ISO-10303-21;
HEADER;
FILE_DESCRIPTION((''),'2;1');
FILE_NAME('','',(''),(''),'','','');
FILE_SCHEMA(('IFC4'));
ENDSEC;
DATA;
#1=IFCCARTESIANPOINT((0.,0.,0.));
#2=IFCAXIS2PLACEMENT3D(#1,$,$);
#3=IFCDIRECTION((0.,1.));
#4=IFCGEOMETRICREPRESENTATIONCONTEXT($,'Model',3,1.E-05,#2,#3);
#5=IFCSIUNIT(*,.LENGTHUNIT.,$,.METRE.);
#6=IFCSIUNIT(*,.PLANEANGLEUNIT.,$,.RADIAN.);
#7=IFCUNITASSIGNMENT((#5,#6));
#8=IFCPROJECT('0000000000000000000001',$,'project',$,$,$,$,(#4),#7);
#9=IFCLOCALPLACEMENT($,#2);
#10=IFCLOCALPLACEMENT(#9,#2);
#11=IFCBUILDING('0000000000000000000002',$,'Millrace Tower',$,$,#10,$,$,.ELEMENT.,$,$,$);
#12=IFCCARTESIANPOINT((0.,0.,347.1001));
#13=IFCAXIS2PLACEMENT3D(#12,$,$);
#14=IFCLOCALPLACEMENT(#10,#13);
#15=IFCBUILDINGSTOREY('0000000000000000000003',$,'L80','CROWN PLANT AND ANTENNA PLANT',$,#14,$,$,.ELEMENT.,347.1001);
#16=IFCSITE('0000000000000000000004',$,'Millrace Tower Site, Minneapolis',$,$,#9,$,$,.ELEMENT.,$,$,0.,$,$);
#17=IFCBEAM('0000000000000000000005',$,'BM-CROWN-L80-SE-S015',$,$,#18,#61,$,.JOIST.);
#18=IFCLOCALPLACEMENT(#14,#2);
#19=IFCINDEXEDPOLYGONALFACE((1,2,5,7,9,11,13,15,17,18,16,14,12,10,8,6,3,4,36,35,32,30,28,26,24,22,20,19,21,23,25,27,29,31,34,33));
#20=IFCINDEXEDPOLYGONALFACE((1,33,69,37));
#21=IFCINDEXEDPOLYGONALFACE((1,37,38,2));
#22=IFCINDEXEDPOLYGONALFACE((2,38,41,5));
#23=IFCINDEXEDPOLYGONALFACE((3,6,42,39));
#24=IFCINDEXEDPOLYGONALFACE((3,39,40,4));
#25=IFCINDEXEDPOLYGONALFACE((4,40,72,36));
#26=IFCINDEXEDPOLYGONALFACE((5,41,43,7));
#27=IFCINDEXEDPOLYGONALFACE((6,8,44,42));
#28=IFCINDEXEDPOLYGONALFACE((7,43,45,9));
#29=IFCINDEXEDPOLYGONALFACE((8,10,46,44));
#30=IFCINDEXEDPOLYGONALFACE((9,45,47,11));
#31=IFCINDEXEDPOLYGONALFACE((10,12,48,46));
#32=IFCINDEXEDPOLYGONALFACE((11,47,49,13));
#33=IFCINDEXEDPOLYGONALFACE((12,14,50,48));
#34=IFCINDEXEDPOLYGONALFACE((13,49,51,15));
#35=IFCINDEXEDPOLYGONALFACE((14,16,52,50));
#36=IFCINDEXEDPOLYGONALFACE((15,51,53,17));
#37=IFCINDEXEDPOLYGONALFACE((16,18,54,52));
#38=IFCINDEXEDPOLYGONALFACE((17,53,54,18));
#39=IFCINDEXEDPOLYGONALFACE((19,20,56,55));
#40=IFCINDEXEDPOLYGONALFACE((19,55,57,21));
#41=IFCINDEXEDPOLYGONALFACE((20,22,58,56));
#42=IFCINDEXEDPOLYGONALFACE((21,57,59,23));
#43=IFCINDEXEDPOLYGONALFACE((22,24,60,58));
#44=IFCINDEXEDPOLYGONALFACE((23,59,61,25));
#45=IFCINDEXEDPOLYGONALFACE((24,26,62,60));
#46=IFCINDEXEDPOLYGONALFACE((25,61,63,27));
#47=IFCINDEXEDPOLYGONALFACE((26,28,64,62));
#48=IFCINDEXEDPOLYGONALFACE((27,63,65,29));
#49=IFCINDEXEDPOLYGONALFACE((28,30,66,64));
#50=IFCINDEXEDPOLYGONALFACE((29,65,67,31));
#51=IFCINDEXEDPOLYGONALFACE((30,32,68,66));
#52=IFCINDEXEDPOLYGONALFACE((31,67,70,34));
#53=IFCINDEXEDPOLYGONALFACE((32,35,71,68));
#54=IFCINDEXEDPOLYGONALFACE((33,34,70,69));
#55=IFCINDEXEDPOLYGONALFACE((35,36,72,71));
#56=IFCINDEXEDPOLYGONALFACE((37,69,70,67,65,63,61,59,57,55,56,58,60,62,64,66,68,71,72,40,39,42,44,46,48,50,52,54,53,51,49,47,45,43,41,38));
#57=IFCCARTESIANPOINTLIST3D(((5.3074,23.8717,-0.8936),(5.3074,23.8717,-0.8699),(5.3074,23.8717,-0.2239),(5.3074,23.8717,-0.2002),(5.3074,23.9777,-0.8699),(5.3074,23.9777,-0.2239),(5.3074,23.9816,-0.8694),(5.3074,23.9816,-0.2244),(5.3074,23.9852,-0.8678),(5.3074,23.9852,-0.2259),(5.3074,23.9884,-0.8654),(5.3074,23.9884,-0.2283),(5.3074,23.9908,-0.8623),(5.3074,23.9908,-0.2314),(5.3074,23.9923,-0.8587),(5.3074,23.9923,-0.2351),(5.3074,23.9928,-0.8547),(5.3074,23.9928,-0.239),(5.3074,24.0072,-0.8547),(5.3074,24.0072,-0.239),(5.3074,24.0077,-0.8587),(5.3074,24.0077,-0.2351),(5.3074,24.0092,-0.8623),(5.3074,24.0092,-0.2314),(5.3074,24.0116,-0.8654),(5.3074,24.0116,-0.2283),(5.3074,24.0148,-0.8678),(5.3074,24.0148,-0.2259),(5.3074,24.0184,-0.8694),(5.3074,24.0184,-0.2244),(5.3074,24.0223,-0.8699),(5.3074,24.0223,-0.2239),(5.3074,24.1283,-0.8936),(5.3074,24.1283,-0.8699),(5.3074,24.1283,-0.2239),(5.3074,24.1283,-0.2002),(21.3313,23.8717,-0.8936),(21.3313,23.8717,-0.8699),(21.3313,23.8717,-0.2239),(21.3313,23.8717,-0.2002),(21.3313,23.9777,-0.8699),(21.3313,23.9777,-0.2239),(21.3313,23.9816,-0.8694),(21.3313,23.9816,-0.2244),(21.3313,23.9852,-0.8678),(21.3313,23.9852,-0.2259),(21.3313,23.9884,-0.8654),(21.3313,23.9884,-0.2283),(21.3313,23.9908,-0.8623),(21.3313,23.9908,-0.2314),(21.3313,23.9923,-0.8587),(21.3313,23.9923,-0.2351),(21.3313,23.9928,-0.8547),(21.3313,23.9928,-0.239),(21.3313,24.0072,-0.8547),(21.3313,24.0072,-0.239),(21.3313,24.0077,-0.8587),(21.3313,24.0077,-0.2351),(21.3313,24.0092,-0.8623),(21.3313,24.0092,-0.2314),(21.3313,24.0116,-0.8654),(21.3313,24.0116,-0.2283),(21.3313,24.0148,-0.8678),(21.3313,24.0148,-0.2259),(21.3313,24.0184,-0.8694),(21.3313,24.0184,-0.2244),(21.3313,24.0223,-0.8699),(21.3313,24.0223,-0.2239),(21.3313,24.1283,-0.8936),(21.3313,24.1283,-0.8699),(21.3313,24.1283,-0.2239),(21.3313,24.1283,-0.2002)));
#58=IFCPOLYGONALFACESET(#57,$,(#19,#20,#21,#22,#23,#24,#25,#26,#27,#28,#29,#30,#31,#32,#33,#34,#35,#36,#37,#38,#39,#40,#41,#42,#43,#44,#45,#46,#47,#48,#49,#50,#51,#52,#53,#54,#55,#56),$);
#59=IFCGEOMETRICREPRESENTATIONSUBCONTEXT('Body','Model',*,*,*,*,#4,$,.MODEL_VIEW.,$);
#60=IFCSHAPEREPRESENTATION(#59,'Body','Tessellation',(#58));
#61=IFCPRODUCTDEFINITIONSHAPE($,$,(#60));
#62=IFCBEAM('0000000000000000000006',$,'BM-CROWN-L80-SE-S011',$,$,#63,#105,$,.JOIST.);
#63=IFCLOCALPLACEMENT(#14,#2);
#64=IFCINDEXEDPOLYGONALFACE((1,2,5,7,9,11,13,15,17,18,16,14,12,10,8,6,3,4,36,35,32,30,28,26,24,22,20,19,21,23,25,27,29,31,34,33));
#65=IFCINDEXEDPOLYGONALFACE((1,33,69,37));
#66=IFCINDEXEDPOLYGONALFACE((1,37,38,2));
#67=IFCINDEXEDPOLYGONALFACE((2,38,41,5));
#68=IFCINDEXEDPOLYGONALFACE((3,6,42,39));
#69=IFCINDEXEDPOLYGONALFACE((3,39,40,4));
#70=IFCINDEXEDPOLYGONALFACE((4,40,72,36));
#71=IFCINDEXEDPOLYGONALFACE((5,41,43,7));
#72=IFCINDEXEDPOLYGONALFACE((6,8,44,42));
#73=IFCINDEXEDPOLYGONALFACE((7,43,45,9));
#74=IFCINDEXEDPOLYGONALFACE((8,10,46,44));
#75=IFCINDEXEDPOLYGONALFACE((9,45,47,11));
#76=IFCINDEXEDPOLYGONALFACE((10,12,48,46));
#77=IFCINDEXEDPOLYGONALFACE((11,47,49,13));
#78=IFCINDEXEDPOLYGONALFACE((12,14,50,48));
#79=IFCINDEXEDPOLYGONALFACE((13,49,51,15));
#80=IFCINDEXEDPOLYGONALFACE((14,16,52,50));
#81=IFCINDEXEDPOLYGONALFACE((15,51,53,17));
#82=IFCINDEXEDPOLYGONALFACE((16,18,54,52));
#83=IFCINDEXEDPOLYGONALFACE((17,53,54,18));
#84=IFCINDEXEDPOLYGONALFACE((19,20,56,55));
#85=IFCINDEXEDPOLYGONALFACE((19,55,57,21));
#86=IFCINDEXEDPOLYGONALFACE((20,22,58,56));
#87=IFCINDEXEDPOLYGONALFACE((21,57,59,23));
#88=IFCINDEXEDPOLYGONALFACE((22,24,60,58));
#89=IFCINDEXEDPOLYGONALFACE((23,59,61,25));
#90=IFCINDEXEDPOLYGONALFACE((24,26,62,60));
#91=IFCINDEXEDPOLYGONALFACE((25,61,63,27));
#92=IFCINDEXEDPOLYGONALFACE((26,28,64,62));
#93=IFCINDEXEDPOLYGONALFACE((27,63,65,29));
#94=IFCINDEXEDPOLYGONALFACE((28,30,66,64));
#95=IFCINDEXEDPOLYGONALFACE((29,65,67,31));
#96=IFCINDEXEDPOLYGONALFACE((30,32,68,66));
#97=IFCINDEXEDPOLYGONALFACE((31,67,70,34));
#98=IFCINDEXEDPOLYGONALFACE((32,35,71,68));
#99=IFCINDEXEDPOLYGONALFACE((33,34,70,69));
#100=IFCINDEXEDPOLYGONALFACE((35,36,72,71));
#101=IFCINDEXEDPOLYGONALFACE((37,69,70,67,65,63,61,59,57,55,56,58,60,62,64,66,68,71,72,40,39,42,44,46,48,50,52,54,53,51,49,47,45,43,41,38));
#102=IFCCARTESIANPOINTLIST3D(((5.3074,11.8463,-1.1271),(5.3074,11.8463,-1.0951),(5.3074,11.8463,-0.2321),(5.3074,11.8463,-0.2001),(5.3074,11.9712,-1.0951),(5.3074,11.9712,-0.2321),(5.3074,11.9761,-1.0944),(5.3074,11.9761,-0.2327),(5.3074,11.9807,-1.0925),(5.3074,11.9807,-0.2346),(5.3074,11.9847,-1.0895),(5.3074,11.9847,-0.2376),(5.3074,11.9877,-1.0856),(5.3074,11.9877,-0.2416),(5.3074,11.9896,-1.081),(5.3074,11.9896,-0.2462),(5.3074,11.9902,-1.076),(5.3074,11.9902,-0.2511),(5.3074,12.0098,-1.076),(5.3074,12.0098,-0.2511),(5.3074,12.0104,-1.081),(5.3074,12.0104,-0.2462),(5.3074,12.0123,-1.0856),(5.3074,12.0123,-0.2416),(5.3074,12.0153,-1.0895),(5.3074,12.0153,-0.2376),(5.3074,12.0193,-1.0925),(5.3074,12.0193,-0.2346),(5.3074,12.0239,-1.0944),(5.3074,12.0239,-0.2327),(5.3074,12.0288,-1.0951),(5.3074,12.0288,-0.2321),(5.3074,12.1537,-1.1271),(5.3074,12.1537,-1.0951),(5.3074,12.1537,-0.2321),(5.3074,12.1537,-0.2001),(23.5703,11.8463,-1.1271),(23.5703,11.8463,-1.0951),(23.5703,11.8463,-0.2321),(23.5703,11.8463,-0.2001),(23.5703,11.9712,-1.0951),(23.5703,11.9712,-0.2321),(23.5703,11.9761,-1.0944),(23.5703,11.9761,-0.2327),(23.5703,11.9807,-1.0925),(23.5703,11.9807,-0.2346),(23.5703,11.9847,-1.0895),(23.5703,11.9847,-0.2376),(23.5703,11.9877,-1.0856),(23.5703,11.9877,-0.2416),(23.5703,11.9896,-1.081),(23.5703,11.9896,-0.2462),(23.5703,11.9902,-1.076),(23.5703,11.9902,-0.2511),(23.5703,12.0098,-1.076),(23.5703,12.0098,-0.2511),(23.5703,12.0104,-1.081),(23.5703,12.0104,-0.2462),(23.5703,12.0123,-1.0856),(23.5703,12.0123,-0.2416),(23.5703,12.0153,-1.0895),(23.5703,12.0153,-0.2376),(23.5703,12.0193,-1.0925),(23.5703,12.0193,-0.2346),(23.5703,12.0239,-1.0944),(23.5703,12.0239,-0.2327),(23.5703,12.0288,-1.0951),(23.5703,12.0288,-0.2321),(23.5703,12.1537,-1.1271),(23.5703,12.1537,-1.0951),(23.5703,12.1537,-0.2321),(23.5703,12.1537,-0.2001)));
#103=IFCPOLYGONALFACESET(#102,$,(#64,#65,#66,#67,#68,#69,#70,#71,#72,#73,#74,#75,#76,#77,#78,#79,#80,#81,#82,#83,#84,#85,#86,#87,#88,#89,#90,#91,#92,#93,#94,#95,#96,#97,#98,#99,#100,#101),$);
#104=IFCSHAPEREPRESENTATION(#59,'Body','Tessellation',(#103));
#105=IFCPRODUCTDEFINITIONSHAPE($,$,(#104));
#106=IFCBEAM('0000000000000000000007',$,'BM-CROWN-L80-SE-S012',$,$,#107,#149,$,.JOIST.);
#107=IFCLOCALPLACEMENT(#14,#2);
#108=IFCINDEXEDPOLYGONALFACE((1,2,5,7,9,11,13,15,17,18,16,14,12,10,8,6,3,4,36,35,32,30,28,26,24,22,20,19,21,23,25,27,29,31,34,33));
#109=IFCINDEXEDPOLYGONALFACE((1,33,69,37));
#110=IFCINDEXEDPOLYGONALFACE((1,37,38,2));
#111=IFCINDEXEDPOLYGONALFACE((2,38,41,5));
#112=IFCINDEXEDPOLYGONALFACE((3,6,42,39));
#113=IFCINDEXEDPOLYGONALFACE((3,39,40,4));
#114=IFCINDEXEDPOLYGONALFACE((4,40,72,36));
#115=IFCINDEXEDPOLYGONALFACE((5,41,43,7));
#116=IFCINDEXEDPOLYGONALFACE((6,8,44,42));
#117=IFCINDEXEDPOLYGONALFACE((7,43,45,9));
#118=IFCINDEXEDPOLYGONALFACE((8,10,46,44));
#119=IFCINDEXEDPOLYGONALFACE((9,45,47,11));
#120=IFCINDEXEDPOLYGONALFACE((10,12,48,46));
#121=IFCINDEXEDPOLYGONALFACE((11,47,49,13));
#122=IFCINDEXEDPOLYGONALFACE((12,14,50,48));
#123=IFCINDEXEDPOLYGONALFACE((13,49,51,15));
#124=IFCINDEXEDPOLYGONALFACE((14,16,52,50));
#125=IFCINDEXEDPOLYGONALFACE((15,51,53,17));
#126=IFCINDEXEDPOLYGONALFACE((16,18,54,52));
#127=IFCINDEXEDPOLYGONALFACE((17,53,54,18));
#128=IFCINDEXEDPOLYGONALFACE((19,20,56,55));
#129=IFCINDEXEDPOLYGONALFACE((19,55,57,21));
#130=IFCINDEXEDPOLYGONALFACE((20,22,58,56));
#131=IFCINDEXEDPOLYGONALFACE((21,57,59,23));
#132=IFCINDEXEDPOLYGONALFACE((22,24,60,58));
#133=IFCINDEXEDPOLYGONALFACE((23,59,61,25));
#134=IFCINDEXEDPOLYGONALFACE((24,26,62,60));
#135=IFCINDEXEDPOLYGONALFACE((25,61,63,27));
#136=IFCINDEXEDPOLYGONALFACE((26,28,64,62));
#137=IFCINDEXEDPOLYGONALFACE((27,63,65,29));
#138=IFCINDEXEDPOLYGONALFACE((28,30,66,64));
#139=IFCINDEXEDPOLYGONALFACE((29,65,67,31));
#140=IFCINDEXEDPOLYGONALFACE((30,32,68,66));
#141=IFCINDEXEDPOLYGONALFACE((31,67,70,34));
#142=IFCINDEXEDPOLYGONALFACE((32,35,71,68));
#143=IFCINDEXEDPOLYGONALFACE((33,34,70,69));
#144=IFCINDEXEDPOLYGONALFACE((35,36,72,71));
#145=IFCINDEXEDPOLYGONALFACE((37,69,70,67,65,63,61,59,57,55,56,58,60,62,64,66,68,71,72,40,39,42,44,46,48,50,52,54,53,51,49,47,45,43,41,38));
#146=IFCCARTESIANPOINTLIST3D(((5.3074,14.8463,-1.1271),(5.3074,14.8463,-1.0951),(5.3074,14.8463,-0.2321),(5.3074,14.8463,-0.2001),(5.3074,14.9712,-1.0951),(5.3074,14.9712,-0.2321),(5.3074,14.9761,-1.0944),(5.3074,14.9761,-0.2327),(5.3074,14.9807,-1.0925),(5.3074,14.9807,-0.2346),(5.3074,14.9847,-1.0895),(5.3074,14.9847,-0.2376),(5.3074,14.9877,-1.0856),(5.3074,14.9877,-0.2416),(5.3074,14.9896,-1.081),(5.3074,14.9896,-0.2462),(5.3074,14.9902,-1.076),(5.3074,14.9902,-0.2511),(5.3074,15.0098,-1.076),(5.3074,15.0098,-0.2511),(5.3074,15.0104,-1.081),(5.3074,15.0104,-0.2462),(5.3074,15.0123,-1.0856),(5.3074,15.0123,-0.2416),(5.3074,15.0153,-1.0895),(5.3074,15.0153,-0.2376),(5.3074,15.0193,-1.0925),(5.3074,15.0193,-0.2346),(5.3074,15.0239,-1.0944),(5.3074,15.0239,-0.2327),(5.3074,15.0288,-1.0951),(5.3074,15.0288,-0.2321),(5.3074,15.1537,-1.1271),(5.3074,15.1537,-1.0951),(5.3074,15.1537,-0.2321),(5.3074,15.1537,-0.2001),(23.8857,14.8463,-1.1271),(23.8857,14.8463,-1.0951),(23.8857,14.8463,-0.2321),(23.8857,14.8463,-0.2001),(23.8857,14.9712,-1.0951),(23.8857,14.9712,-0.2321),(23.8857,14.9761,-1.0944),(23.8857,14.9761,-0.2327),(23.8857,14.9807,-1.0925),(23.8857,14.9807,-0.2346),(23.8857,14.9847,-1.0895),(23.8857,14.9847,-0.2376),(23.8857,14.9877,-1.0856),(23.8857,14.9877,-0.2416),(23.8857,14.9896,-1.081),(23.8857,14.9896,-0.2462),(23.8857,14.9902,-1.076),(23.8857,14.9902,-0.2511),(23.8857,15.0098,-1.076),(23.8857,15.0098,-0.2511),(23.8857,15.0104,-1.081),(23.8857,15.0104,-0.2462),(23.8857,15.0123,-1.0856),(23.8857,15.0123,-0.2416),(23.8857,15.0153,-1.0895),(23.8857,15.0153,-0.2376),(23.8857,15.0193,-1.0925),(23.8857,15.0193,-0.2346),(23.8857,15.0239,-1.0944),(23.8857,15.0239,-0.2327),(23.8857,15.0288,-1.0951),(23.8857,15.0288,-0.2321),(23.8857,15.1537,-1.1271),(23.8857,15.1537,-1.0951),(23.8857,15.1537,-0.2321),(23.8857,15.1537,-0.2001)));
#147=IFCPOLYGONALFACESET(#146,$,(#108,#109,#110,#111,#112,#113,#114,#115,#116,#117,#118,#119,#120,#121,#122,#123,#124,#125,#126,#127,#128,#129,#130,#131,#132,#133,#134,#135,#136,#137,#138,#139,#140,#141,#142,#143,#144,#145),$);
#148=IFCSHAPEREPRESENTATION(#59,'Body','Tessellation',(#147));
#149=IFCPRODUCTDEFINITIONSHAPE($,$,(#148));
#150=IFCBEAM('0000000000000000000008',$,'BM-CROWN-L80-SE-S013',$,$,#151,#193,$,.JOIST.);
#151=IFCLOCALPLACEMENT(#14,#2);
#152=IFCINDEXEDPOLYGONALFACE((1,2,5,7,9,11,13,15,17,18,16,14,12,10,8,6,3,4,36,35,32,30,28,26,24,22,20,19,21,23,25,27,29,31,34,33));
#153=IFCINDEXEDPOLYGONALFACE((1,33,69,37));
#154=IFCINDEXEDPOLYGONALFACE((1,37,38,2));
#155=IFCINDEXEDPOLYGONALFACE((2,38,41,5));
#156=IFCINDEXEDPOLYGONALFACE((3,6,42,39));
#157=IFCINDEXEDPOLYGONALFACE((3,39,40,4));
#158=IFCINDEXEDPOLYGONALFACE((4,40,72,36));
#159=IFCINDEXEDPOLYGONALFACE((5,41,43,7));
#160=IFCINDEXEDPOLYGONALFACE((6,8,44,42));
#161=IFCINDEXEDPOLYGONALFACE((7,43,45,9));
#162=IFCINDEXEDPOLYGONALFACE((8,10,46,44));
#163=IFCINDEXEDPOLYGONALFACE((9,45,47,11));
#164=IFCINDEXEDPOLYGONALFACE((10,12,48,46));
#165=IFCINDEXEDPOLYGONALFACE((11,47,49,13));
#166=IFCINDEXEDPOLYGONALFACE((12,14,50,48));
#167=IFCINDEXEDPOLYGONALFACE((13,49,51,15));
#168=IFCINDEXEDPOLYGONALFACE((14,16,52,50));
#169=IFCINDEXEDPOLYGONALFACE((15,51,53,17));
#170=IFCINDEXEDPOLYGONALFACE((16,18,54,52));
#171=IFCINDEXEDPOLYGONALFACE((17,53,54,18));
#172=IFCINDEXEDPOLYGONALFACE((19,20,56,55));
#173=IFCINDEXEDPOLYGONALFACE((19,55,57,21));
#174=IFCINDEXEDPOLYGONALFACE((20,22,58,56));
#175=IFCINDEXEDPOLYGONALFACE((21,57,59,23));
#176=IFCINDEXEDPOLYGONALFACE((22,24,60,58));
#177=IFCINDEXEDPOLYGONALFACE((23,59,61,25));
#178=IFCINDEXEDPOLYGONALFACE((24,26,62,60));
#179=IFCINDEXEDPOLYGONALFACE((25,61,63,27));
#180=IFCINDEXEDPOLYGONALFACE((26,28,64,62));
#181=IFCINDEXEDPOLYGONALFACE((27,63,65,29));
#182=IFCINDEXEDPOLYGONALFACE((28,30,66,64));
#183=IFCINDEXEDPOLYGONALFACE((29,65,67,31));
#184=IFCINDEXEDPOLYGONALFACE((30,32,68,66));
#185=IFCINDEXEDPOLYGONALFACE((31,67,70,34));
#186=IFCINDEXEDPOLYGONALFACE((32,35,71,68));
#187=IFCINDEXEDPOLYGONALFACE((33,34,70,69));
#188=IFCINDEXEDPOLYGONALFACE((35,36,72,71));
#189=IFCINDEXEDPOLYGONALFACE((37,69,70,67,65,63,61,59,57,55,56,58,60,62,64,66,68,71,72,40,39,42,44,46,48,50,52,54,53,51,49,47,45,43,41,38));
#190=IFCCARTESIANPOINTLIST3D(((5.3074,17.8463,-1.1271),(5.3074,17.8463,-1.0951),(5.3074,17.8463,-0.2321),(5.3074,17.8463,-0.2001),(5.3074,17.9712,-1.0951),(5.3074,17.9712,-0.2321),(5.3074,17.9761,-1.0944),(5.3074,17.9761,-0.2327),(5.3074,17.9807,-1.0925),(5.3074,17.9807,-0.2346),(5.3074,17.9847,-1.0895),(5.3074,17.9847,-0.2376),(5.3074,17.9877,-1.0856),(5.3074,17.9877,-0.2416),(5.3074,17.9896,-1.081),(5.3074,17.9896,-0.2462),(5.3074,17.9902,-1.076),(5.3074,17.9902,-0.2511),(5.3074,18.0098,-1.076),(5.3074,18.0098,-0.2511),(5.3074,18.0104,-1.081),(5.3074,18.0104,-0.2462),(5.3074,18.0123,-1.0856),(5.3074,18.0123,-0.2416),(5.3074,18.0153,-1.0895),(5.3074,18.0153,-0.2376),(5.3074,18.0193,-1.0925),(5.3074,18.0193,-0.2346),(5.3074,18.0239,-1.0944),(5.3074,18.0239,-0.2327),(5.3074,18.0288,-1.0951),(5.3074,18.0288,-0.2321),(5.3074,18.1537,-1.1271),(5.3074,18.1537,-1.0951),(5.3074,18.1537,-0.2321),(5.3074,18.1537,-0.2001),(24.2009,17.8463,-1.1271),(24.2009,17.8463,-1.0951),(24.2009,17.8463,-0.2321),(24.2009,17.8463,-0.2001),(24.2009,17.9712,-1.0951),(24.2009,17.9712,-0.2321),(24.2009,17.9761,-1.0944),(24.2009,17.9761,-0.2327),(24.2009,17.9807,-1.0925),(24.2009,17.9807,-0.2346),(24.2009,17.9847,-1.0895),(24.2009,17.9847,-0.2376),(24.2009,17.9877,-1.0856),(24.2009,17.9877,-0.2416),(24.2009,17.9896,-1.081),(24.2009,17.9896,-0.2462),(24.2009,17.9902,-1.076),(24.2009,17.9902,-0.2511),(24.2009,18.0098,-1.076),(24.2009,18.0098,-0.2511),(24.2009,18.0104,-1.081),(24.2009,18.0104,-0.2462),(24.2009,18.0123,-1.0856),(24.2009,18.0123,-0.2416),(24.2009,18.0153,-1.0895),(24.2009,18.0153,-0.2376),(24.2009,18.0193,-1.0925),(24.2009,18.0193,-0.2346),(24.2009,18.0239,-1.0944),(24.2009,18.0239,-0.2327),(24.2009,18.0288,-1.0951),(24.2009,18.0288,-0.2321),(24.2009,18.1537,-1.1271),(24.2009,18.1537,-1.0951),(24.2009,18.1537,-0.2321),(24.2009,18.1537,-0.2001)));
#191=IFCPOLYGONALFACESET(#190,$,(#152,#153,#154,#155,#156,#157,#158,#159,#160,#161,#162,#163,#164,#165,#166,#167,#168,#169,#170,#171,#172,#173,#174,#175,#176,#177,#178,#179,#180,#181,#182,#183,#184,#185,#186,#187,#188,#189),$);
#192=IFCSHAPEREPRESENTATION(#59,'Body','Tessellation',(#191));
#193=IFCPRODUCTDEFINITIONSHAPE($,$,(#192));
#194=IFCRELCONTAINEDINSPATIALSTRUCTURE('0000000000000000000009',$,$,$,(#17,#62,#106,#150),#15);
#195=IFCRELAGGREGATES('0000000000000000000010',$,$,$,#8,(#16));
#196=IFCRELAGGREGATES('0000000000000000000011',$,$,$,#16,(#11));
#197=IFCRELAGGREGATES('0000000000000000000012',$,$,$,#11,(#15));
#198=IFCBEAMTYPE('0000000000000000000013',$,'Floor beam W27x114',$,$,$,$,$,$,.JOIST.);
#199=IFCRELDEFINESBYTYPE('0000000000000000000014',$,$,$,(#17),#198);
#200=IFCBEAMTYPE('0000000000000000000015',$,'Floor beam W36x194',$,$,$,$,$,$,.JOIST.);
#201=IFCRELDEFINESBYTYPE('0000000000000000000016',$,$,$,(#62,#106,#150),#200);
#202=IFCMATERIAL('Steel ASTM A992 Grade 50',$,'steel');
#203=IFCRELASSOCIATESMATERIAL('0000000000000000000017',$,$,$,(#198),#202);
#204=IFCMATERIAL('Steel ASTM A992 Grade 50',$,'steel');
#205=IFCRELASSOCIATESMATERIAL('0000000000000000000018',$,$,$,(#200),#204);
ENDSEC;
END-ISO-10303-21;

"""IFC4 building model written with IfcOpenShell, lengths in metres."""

from ifc_helpers import new_model, si_unit, direction, frame, origin, origin_2d, place, context, subcontext, project, spatial, i_section, extrude, material, material_profile, profile_set, type_object, element, save


model = new_model("IFC4")

# Units and contexts
model_context = context("Model", 3, precision=1e-05, world=origin(), true_north=direction((0.0, 1.0)))
body_context = subcontext(model_context, "Body", "Model", "MODEL_VIEW")
ifc_project = project(units=[si_unit("LENGTHUNIT", "METRE"), si_unit("PLANEANGLEUNIT", "RADIAN")], contexts=[model_context])

# Site, building, storey
site_placement = place(None, origin())
site = spatial("IfcSite", under=ifc_project, at=site_placement, Name="Millrace Tower Site, Minneapolis", CompositionType="ELEMENT", RefElevation=0.0)
building_placement = place(site_placement, origin())
building = spatial("IfcBuilding", under=site, at=building_placement, Name="Millrace Tower", CompositionType="ELEMENT")
storey_placement = place(building_placement, frame((0.0, 0.0, 347.1001)))
storey = spatial("IfcBuildingStorey", under=building, at=storey_placement, Name="L80", Description="CROWN PLANT AND ANTENNA PLANT", CompositionType="ELEMENT", Elevation=347.1001)

# Beams
ifc_material_1 = material(Name="Steel ASTM A992 Grade 50", Category="steel")
ifc_material_profile_1 = material_profile(ifc_material_1, i_section(OverallWidth=0.2566, OverallDepth=0.6934, WebThickness=0.0144, FlangeThickness=0.0237, FilletRadius=0.0151, at=origin_2d()))
ifc_profile_set_1 = profile_set([ifc_material_profile_1], Name="Steel ASTM A992 Grade 50")
beam_type_1 = type_object("IfcBeamType", Name="Floor beam W27x114", PredefinedType="JOIST", material=ifc_profile_set_1)
beam_1_placement = place(storey_placement, frame((5.3074, 24.0, -0.5469), z_axis=(1.0, 0.0, 0.0), x_axis=(0.0, 1.0, 0.0)))
element("IfcBeam", 1, at=beam_1_placement, inside=storey, type_object=beam_type_1, Name="BM-CROWN-L80-SE-S015", PredefinedType="JOIST", context=body_context, shape_type="SweptSolid", body=[
    extrude(i_section(OverallWidth=0.2566, OverallDepth=0.6934, WebThickness=0.0144, FlangeThickness=0.0237, FilletRadius=0.0151, at=origin_2d()), origin(), (0.0, 0.0, 1.0), 16.0239),
])
ifc_material_2 = material(Name="Steel ASTM A992 Grade 50", Category="steel")
ifc_material_profile_2 = material_profile(ifc_material_2, i_section(OverallWidth=0.3074, OverallDepth=0.927, WebThickness=0.0195, FlangeThickness=0.032, FilletRadius=0.019, at=origin_2d()))
ifc_profile_set_2 = profile_set([ifc_material_profile_2], Name="Steel ASTM A992 Grade 50")
beam_type_2 = type_object("IfcBeamType", Name="Floor beam W36x194", PredefinedType="JOIST", material=ifc_profile_set_2)
beam_2_placement = place(storey_placement, frame((5.3074, 12.0, -0.6636), z_axis=(1.0, 0.0, 0.0), x_axis=(0.0, 1.0, 0.0)))
element("IfcBeam", 2, at=beam_2_placement, inside=storey, type_object=beam_type_2, Name="BM-CROWN-L80-SE-S011", PredefinedType="JOIST", context=body_context, shape_type="SweptSolid", body=[
    extrude(i_section(OverallWidth=0.3074, OverallDepth=0.927, WebThickness=0.0195, FlangeThickness=0.032, FilletRadius=0.019, at=origin_2d()), origin(), (0.0, 0.0, 1.0), 18.2629),
])
beam_3_placement = place(storey_placement, frame((5.3074, 15.0, -0.6636), z_axis=(1.0, 0.0, 0.0), x_axis=(0.0, 1.0, 0.0)))
element("IfcBeam", 3, at=beam_3_placement, inside=storey, type_object=beam_type_2, Name="BM-CROWN-L80-SE-S012", PredefinedType="JOIST", context=body_context, shape_type="SweptSolid", body=[
    extrude(i_section(OverallWidth=0.3074, OverallDepth=0.927, WebThickness=0.0195, FlangeThickness=0.032, FilletRadius=0.019, at=origin_2d()), origin(), (0.0, 0.0, 1.0), 18.5784),
])
beam_4_placement = place(storey_placement, frame((5.3074, 18.0, -0.6636), z_axis=(1.0, 0.0, 0.0), x_axis=(0.0, 1.0, 0.0)))
element("IfcBeam", 4, at=beam_4_placement, inside=storey, type_object=beam_type_2, Name="BM-CROWN-L80-SE-S013", PredefinedType="JOIST", context=body_context, shape_type="SweptSolid", body=[
    extrude(i_section(OverallWidth=0.3074, OverallDepth=0.927, WebThickness=0.0195, FlangeThickness=0.032, FilletRadius=0.019, at=origin_2d()), origin(), (0.0, 0.0, 1.0), 18.8936),
])

save(model, "model.ifc")
